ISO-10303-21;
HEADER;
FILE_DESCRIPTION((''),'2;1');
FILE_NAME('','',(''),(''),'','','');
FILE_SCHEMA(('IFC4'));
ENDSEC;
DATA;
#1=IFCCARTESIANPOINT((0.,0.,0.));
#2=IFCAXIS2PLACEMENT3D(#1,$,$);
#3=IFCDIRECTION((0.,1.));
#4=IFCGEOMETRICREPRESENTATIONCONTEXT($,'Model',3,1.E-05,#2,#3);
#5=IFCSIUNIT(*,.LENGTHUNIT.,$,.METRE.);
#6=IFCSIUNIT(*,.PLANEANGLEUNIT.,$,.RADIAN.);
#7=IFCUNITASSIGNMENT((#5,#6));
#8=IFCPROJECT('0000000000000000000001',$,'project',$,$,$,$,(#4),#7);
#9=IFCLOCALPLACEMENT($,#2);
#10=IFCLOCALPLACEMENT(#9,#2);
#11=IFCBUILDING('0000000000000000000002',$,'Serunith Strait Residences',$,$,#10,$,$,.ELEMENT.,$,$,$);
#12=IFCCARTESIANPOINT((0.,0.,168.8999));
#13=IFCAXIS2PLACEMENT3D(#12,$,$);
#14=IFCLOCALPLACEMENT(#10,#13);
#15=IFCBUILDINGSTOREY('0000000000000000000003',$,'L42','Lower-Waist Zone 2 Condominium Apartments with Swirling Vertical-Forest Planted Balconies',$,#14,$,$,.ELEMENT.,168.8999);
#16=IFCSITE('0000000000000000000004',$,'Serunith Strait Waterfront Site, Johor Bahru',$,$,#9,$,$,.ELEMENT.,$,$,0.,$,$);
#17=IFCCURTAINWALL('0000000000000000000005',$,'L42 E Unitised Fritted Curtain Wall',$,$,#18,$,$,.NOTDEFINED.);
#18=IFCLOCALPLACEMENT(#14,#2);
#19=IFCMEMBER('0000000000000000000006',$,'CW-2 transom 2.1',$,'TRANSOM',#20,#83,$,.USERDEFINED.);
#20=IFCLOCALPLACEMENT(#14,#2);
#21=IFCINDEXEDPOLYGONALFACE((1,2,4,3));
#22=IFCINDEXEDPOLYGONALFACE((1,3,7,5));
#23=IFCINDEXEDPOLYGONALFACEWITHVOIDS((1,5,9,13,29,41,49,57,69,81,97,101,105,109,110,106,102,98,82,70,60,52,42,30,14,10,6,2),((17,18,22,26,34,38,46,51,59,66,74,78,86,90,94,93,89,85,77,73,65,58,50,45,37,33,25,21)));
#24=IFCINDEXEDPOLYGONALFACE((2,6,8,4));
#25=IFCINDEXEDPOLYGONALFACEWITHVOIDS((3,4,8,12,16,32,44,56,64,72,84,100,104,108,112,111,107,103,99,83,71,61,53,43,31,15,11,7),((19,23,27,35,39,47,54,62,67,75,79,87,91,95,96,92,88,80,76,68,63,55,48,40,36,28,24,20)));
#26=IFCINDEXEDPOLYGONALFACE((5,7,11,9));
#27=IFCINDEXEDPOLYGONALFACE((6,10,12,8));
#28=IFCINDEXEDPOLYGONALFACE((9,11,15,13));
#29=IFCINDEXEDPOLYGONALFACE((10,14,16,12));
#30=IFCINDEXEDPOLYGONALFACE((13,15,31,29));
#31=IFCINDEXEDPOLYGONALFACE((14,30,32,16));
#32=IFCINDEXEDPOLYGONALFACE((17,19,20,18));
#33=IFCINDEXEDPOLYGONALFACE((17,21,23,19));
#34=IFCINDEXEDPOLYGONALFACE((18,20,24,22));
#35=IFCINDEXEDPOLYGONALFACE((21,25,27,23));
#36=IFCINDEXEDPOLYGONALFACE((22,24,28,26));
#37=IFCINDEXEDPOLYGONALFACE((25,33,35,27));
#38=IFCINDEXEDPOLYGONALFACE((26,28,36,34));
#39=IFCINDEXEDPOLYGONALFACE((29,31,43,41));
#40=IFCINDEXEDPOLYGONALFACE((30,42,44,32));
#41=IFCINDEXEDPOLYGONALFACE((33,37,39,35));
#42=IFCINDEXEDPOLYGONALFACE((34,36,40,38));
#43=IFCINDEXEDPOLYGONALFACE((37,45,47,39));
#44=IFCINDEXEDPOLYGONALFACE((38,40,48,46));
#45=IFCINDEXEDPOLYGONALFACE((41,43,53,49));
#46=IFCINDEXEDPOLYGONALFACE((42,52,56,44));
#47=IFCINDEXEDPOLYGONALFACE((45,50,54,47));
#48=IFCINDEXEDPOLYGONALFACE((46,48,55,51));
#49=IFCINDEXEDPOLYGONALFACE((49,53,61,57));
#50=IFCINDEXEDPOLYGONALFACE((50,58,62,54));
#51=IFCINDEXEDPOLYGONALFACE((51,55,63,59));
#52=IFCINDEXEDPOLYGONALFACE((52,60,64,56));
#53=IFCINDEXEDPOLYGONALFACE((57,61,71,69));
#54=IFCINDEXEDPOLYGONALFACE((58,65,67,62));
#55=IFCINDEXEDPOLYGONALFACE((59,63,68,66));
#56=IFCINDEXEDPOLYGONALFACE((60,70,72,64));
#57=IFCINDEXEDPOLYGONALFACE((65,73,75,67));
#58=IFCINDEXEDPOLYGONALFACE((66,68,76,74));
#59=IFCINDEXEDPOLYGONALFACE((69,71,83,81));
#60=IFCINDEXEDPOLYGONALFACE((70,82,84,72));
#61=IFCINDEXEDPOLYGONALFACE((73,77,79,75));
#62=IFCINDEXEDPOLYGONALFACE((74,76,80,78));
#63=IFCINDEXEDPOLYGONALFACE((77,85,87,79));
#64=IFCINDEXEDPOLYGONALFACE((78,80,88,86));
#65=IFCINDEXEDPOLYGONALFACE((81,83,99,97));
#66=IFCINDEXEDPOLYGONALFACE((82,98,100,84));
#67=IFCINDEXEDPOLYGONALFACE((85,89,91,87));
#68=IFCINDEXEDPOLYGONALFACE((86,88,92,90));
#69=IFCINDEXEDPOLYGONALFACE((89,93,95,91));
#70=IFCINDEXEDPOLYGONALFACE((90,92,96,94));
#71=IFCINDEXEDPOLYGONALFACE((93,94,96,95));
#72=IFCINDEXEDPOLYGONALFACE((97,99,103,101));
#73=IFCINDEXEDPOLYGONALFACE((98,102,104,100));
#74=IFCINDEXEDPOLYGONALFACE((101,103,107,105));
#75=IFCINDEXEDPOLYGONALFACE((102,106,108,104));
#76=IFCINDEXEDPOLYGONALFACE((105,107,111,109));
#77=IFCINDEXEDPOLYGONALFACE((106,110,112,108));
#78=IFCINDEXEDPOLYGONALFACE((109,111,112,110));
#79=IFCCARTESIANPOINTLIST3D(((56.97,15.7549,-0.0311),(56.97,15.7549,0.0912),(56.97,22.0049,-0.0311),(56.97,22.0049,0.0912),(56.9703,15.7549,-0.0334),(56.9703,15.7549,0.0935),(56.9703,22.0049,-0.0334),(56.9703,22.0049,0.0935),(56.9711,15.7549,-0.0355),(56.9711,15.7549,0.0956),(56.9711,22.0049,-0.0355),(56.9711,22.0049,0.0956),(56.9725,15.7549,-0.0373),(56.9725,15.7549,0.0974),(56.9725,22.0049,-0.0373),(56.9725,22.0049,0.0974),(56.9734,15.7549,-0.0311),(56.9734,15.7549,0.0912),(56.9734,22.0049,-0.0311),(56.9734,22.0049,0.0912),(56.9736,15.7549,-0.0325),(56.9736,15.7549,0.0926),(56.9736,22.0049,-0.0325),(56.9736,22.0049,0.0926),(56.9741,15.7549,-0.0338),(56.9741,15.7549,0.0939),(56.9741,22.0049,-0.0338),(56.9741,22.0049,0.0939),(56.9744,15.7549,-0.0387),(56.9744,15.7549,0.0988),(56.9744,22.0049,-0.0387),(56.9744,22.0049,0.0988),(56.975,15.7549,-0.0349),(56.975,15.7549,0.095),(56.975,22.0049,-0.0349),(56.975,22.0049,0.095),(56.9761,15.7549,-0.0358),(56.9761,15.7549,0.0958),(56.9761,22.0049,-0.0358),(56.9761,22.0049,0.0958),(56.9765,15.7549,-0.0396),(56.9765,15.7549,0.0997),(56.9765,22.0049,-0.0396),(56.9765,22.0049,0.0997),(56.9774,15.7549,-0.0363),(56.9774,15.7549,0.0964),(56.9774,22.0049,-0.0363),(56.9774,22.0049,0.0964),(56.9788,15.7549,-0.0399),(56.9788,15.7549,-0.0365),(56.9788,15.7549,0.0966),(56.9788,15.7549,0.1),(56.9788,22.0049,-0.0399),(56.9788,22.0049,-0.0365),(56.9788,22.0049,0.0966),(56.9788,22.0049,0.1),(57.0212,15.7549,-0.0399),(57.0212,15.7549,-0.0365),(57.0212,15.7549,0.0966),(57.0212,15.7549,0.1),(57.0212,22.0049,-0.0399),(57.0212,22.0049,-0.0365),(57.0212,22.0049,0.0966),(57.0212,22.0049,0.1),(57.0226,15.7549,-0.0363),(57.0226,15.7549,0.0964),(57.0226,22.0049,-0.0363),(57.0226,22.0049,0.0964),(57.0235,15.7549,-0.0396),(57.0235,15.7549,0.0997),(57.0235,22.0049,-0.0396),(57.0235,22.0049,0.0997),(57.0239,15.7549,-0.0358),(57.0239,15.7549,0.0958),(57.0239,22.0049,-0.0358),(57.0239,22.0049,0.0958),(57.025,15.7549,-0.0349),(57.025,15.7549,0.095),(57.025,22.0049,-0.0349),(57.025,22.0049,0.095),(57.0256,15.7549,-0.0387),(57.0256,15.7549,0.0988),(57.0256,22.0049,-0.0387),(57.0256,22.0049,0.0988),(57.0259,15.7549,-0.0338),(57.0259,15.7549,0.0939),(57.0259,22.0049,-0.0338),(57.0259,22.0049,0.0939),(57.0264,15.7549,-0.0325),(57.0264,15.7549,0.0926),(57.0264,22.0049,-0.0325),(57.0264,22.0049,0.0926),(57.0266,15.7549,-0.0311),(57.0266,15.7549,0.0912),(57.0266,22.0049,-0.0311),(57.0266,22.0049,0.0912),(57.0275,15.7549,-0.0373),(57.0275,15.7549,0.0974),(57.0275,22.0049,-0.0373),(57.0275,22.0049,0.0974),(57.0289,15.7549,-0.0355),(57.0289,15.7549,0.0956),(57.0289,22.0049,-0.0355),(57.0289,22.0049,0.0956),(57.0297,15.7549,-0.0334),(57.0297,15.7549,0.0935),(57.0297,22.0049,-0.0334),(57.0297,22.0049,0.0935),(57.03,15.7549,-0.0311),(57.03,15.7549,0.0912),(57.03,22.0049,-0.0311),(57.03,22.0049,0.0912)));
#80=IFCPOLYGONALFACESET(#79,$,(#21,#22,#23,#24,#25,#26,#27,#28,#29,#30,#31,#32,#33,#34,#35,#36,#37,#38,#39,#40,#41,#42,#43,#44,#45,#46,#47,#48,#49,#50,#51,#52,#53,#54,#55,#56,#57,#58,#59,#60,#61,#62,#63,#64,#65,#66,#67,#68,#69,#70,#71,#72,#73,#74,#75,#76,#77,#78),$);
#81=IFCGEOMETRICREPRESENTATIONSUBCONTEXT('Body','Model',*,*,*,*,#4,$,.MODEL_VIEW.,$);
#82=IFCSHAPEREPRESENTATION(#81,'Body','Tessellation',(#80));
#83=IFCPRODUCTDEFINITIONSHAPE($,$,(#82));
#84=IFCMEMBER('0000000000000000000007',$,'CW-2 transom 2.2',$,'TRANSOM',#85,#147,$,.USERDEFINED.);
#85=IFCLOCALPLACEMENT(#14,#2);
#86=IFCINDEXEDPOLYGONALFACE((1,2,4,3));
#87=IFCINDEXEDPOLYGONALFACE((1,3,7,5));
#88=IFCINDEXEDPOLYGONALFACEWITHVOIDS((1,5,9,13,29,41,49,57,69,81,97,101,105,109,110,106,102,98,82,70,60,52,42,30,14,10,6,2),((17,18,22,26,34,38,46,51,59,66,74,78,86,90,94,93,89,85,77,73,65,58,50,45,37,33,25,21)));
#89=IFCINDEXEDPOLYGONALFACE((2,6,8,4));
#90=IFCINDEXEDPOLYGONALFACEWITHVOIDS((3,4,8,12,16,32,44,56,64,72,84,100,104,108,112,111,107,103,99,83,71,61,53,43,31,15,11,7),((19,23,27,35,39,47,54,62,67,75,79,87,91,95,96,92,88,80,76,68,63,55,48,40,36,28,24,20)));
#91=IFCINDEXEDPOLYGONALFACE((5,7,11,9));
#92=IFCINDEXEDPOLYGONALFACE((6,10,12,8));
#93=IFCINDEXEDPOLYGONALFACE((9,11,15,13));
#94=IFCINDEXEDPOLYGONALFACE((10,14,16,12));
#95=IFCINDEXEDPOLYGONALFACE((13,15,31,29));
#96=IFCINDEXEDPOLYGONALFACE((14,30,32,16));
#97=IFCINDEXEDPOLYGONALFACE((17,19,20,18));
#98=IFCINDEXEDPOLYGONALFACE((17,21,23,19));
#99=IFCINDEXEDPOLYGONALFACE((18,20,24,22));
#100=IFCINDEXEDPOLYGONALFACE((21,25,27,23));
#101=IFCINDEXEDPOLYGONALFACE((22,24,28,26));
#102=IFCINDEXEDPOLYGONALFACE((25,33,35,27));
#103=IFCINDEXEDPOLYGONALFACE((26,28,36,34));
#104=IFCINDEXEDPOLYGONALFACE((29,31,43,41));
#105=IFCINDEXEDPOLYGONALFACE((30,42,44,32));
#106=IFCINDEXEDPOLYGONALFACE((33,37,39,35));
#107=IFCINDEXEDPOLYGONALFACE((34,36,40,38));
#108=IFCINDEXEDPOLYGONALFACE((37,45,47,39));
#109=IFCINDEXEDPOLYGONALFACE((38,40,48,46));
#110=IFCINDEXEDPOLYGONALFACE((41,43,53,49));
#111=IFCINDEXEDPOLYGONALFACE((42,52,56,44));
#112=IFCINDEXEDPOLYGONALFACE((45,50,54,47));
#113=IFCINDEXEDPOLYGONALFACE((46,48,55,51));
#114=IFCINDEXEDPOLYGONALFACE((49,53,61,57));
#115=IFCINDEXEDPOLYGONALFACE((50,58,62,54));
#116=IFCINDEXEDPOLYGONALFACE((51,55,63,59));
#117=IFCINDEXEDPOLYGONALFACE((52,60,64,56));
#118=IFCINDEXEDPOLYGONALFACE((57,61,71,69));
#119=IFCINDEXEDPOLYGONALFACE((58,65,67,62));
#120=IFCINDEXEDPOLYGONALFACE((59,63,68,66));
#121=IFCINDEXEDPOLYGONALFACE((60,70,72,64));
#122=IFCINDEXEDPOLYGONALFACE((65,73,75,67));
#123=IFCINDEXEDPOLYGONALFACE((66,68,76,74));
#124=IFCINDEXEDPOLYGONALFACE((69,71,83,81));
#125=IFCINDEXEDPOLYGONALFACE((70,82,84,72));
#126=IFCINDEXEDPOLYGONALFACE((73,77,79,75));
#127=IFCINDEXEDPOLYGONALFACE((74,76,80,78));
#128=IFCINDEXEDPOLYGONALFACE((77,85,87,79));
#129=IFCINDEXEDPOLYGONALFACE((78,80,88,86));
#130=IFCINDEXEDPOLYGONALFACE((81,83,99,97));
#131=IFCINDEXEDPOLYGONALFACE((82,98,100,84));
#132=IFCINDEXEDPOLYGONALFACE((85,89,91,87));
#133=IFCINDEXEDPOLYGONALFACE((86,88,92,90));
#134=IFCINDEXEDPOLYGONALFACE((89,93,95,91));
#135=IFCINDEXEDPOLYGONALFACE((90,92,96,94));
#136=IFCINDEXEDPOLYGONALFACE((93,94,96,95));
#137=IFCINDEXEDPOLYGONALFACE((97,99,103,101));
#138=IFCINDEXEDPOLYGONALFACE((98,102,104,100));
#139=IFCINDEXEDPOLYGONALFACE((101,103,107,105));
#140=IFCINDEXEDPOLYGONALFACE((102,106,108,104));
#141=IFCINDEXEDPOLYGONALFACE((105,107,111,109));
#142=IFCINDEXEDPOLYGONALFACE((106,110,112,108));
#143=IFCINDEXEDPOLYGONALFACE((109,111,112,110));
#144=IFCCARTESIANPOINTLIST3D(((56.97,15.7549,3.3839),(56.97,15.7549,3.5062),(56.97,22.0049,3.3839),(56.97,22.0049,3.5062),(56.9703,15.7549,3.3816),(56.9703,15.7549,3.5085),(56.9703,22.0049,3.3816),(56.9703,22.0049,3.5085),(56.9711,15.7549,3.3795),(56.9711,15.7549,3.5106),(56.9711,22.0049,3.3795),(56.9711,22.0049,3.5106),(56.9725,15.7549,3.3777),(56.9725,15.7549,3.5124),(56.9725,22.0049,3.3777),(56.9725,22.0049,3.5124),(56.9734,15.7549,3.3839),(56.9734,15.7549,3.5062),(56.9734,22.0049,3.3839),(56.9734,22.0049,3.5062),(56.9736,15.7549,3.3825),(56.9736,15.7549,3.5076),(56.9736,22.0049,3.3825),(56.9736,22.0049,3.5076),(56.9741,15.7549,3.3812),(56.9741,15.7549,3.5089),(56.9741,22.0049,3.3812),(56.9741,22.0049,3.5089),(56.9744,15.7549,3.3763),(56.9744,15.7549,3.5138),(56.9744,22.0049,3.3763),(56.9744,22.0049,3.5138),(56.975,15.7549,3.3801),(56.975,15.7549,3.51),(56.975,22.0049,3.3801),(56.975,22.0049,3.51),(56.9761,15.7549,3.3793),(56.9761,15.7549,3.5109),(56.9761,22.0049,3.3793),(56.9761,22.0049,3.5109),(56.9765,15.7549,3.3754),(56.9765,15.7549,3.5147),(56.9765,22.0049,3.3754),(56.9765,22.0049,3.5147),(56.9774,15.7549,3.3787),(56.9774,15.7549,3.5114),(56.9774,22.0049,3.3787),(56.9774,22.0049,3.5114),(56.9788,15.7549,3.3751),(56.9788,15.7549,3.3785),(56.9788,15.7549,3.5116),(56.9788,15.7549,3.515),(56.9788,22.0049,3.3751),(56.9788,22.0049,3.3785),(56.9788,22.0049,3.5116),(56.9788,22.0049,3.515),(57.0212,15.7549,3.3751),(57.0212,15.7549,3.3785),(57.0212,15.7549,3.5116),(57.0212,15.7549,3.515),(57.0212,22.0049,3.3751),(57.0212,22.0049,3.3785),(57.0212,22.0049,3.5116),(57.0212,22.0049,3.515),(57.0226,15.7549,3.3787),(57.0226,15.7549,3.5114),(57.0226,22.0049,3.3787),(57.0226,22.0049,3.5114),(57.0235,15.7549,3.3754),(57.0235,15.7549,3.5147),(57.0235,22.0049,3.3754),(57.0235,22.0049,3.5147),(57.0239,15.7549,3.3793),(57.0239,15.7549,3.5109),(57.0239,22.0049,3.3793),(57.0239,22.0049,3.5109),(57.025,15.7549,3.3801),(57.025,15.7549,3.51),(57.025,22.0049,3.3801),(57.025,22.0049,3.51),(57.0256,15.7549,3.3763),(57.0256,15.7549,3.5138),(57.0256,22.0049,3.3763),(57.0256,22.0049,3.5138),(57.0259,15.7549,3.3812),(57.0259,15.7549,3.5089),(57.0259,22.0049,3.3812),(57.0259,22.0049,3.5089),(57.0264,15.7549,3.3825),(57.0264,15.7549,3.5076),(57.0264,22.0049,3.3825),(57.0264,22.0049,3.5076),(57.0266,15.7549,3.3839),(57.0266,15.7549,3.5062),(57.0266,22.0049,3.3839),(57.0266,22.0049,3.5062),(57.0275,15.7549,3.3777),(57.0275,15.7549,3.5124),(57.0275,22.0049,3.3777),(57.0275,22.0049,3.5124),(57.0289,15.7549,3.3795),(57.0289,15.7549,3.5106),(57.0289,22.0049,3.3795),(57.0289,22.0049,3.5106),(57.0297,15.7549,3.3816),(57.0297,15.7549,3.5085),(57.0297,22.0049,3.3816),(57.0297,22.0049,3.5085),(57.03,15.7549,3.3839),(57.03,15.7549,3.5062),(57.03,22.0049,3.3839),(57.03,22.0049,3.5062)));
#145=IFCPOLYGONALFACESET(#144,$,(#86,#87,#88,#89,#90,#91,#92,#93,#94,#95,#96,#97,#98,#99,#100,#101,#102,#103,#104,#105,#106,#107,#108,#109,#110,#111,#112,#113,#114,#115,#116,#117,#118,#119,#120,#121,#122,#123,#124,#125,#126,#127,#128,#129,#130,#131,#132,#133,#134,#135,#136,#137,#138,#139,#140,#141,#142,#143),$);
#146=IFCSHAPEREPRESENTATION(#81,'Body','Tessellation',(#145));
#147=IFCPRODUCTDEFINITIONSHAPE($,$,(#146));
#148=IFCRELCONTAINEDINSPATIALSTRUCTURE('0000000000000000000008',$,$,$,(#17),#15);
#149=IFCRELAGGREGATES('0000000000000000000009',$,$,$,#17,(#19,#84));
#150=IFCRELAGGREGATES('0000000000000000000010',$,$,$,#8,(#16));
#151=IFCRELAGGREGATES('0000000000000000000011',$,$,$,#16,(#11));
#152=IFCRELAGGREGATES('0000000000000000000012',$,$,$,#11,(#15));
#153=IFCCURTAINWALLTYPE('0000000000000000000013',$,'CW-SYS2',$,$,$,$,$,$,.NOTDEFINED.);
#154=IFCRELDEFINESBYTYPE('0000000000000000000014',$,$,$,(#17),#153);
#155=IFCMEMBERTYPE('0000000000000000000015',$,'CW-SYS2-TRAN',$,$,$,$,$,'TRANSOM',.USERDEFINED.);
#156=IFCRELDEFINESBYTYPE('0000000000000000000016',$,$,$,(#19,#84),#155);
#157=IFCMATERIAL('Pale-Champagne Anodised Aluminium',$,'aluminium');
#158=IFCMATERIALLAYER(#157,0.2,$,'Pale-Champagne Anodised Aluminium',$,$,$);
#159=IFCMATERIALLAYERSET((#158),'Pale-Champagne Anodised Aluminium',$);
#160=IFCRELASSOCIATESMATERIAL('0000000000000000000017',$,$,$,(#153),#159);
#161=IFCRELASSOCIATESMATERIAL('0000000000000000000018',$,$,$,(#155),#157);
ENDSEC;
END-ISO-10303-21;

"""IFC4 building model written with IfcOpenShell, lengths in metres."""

from ifc_helpers import new_model, si_unit, direction, frame, origin, origin_2d, place, context, subcontext, project, spatial, hollow_rectangle, extrude, source, transform, mapped, material, layer, layer_set, material_profile, profile_set, type_object, element, aggregate, save


model = new_model("IFC4")

# Units and contexts
model_context = context("Model", 3, precision=1e-05, world=origin(), true_north=direction((0.0, 1.0)))
body_context = subcontext(model_context, "Body", "Model", "MODEL_VIEW")
ifc_project = project(units=[si_unit("LENGTHUNIT", "METRE"), si_unit("PLANEANGLEUNIT", "RADIAN")], contexts=[model_context])

# Site, building, storey
site_placement = place(None, origin())
site = spatial("IfcSite", under=ifc_project, at=site_placement, Name="Serunith Strait Waterfront Site, Johor Bahru", CompositionType="ELEMENT", RefElevation=0.0)
building_placement = place(site_placement, origin())
building = spatial("IfcBuilding", under=site, at=building_placement, Name="Serunith Strait Residences", CompositionType="ELEMENT")
storey_placement = place(building_placement, frame((0.0, 0.0, 168.8999)))
storey = spatial("IfcBuildingStorey", under=building, at=storey_placement, Name="L42", Description="Lower-Waist Zone 2 Condominium Apartments with Swirling Vertical-Forest Planted Balconies", CompositionType="ELEMENT", Elevation=168.8999)

# Curtain wall, members
ifc_material_1 = material(Name="Pale-Champagne Anodised Aluminium", Category="aluminium")
ifc_layer_1 = layer(ifc_material_1, 0.2, Name="Pale-Champagne Anodised Aluminium")
ifc_layer_set_1 = layer_set([ifc_layer_1], Name="Pale-Champagne Anodised Aluminium")
curtain_wall_type = type_object("IfcCurtainWallType", Name="CW-SYS2", PredefinedType="NOTDEFINED", material=ifc_layer_set_1)
curtain_wall_placement = place(storey_placement, origin())
curtain_wall = element("IfcCurtainWall", 1, at=curtain_wall_placement, inside=storey, type_object=curtain_wall_type, Name="L42 E Unitised Fritted Curtain Wall", PredefinedType="NOTDEFINED")
ifc_material_profile_1 = material_profile(ifc_material_1, hollow_rectangle(XDim=0.0601, YDim=0.1399, WallThickness=0.0034, InnerFilletRadius=0.0054, OuterFilletRadius=0.0088, at=origin_2d()), Name="ALU 140x60x3.5")
ifc_profile_set_1 = profile_set([ifc_material_profile_1], Name="Pale-Champagne Anodised Aluminium")
member_type_1 = type_object("IfcMemberType", Name="CW-SYS2-TRAN", ElementType="TRANSOM", PredefinedType="USERDEFINED", material=ifc_profile_set_1)
shared_shape_1 = source(origin(), body_context, "Body", "SweptSolid", [
    extrude(hollow_rectangle(XDim=0.0601, YDim=0.1399, WallThickness=0.0034, InnerFilletRadius=0.0054, OuterFilletRadius=0.0088, at=origin_2d()), origin(), (0.0, 0.0, 1.0), 6.25),
])
member_1_placement = place(storey_placement, frame((57.0, 15.7549, 0.03), z_axis=(0.0, 1.0, 0.0), x_axis=(-1.0, 0.0, 0.0)))
member_1 = element("IfcMember", 2, at=member_1_placement, type_object=member_type_1, Name="CW-2 transom 2.1", ObjectType="TRANSOM", PredefinedType="USERDEFINED", context=body_context, shape_type="MappedRepresentation", body=[
    mapped(shared_shape_1, transform((0.0, 0.0, 0.0), scale=1.0)),
])
member_2_placement = place(storey_placement, frame((57.0, 15.7549, 3.4451), z_axis=(0.0, 1.0, 0.0), x_axis=(-1.0, 0.0, 0.0)))
member_2 = element("IfcMember", 3, at=member_2_placement, type_object=member_type_1, Name="CW-2 transom 2.2", ObjectType="TRANSOM", PredefinedType="USERDEFINED", context=body_context, shape_type="MappedRepresentation", body=[
    mapped(shared_shape_1, transform((0.0, 0.0, 0.0), scale=1.0)),
])
aggregate(curtain_wall, [member_1, member_2])

save(model, "model.ifc")
